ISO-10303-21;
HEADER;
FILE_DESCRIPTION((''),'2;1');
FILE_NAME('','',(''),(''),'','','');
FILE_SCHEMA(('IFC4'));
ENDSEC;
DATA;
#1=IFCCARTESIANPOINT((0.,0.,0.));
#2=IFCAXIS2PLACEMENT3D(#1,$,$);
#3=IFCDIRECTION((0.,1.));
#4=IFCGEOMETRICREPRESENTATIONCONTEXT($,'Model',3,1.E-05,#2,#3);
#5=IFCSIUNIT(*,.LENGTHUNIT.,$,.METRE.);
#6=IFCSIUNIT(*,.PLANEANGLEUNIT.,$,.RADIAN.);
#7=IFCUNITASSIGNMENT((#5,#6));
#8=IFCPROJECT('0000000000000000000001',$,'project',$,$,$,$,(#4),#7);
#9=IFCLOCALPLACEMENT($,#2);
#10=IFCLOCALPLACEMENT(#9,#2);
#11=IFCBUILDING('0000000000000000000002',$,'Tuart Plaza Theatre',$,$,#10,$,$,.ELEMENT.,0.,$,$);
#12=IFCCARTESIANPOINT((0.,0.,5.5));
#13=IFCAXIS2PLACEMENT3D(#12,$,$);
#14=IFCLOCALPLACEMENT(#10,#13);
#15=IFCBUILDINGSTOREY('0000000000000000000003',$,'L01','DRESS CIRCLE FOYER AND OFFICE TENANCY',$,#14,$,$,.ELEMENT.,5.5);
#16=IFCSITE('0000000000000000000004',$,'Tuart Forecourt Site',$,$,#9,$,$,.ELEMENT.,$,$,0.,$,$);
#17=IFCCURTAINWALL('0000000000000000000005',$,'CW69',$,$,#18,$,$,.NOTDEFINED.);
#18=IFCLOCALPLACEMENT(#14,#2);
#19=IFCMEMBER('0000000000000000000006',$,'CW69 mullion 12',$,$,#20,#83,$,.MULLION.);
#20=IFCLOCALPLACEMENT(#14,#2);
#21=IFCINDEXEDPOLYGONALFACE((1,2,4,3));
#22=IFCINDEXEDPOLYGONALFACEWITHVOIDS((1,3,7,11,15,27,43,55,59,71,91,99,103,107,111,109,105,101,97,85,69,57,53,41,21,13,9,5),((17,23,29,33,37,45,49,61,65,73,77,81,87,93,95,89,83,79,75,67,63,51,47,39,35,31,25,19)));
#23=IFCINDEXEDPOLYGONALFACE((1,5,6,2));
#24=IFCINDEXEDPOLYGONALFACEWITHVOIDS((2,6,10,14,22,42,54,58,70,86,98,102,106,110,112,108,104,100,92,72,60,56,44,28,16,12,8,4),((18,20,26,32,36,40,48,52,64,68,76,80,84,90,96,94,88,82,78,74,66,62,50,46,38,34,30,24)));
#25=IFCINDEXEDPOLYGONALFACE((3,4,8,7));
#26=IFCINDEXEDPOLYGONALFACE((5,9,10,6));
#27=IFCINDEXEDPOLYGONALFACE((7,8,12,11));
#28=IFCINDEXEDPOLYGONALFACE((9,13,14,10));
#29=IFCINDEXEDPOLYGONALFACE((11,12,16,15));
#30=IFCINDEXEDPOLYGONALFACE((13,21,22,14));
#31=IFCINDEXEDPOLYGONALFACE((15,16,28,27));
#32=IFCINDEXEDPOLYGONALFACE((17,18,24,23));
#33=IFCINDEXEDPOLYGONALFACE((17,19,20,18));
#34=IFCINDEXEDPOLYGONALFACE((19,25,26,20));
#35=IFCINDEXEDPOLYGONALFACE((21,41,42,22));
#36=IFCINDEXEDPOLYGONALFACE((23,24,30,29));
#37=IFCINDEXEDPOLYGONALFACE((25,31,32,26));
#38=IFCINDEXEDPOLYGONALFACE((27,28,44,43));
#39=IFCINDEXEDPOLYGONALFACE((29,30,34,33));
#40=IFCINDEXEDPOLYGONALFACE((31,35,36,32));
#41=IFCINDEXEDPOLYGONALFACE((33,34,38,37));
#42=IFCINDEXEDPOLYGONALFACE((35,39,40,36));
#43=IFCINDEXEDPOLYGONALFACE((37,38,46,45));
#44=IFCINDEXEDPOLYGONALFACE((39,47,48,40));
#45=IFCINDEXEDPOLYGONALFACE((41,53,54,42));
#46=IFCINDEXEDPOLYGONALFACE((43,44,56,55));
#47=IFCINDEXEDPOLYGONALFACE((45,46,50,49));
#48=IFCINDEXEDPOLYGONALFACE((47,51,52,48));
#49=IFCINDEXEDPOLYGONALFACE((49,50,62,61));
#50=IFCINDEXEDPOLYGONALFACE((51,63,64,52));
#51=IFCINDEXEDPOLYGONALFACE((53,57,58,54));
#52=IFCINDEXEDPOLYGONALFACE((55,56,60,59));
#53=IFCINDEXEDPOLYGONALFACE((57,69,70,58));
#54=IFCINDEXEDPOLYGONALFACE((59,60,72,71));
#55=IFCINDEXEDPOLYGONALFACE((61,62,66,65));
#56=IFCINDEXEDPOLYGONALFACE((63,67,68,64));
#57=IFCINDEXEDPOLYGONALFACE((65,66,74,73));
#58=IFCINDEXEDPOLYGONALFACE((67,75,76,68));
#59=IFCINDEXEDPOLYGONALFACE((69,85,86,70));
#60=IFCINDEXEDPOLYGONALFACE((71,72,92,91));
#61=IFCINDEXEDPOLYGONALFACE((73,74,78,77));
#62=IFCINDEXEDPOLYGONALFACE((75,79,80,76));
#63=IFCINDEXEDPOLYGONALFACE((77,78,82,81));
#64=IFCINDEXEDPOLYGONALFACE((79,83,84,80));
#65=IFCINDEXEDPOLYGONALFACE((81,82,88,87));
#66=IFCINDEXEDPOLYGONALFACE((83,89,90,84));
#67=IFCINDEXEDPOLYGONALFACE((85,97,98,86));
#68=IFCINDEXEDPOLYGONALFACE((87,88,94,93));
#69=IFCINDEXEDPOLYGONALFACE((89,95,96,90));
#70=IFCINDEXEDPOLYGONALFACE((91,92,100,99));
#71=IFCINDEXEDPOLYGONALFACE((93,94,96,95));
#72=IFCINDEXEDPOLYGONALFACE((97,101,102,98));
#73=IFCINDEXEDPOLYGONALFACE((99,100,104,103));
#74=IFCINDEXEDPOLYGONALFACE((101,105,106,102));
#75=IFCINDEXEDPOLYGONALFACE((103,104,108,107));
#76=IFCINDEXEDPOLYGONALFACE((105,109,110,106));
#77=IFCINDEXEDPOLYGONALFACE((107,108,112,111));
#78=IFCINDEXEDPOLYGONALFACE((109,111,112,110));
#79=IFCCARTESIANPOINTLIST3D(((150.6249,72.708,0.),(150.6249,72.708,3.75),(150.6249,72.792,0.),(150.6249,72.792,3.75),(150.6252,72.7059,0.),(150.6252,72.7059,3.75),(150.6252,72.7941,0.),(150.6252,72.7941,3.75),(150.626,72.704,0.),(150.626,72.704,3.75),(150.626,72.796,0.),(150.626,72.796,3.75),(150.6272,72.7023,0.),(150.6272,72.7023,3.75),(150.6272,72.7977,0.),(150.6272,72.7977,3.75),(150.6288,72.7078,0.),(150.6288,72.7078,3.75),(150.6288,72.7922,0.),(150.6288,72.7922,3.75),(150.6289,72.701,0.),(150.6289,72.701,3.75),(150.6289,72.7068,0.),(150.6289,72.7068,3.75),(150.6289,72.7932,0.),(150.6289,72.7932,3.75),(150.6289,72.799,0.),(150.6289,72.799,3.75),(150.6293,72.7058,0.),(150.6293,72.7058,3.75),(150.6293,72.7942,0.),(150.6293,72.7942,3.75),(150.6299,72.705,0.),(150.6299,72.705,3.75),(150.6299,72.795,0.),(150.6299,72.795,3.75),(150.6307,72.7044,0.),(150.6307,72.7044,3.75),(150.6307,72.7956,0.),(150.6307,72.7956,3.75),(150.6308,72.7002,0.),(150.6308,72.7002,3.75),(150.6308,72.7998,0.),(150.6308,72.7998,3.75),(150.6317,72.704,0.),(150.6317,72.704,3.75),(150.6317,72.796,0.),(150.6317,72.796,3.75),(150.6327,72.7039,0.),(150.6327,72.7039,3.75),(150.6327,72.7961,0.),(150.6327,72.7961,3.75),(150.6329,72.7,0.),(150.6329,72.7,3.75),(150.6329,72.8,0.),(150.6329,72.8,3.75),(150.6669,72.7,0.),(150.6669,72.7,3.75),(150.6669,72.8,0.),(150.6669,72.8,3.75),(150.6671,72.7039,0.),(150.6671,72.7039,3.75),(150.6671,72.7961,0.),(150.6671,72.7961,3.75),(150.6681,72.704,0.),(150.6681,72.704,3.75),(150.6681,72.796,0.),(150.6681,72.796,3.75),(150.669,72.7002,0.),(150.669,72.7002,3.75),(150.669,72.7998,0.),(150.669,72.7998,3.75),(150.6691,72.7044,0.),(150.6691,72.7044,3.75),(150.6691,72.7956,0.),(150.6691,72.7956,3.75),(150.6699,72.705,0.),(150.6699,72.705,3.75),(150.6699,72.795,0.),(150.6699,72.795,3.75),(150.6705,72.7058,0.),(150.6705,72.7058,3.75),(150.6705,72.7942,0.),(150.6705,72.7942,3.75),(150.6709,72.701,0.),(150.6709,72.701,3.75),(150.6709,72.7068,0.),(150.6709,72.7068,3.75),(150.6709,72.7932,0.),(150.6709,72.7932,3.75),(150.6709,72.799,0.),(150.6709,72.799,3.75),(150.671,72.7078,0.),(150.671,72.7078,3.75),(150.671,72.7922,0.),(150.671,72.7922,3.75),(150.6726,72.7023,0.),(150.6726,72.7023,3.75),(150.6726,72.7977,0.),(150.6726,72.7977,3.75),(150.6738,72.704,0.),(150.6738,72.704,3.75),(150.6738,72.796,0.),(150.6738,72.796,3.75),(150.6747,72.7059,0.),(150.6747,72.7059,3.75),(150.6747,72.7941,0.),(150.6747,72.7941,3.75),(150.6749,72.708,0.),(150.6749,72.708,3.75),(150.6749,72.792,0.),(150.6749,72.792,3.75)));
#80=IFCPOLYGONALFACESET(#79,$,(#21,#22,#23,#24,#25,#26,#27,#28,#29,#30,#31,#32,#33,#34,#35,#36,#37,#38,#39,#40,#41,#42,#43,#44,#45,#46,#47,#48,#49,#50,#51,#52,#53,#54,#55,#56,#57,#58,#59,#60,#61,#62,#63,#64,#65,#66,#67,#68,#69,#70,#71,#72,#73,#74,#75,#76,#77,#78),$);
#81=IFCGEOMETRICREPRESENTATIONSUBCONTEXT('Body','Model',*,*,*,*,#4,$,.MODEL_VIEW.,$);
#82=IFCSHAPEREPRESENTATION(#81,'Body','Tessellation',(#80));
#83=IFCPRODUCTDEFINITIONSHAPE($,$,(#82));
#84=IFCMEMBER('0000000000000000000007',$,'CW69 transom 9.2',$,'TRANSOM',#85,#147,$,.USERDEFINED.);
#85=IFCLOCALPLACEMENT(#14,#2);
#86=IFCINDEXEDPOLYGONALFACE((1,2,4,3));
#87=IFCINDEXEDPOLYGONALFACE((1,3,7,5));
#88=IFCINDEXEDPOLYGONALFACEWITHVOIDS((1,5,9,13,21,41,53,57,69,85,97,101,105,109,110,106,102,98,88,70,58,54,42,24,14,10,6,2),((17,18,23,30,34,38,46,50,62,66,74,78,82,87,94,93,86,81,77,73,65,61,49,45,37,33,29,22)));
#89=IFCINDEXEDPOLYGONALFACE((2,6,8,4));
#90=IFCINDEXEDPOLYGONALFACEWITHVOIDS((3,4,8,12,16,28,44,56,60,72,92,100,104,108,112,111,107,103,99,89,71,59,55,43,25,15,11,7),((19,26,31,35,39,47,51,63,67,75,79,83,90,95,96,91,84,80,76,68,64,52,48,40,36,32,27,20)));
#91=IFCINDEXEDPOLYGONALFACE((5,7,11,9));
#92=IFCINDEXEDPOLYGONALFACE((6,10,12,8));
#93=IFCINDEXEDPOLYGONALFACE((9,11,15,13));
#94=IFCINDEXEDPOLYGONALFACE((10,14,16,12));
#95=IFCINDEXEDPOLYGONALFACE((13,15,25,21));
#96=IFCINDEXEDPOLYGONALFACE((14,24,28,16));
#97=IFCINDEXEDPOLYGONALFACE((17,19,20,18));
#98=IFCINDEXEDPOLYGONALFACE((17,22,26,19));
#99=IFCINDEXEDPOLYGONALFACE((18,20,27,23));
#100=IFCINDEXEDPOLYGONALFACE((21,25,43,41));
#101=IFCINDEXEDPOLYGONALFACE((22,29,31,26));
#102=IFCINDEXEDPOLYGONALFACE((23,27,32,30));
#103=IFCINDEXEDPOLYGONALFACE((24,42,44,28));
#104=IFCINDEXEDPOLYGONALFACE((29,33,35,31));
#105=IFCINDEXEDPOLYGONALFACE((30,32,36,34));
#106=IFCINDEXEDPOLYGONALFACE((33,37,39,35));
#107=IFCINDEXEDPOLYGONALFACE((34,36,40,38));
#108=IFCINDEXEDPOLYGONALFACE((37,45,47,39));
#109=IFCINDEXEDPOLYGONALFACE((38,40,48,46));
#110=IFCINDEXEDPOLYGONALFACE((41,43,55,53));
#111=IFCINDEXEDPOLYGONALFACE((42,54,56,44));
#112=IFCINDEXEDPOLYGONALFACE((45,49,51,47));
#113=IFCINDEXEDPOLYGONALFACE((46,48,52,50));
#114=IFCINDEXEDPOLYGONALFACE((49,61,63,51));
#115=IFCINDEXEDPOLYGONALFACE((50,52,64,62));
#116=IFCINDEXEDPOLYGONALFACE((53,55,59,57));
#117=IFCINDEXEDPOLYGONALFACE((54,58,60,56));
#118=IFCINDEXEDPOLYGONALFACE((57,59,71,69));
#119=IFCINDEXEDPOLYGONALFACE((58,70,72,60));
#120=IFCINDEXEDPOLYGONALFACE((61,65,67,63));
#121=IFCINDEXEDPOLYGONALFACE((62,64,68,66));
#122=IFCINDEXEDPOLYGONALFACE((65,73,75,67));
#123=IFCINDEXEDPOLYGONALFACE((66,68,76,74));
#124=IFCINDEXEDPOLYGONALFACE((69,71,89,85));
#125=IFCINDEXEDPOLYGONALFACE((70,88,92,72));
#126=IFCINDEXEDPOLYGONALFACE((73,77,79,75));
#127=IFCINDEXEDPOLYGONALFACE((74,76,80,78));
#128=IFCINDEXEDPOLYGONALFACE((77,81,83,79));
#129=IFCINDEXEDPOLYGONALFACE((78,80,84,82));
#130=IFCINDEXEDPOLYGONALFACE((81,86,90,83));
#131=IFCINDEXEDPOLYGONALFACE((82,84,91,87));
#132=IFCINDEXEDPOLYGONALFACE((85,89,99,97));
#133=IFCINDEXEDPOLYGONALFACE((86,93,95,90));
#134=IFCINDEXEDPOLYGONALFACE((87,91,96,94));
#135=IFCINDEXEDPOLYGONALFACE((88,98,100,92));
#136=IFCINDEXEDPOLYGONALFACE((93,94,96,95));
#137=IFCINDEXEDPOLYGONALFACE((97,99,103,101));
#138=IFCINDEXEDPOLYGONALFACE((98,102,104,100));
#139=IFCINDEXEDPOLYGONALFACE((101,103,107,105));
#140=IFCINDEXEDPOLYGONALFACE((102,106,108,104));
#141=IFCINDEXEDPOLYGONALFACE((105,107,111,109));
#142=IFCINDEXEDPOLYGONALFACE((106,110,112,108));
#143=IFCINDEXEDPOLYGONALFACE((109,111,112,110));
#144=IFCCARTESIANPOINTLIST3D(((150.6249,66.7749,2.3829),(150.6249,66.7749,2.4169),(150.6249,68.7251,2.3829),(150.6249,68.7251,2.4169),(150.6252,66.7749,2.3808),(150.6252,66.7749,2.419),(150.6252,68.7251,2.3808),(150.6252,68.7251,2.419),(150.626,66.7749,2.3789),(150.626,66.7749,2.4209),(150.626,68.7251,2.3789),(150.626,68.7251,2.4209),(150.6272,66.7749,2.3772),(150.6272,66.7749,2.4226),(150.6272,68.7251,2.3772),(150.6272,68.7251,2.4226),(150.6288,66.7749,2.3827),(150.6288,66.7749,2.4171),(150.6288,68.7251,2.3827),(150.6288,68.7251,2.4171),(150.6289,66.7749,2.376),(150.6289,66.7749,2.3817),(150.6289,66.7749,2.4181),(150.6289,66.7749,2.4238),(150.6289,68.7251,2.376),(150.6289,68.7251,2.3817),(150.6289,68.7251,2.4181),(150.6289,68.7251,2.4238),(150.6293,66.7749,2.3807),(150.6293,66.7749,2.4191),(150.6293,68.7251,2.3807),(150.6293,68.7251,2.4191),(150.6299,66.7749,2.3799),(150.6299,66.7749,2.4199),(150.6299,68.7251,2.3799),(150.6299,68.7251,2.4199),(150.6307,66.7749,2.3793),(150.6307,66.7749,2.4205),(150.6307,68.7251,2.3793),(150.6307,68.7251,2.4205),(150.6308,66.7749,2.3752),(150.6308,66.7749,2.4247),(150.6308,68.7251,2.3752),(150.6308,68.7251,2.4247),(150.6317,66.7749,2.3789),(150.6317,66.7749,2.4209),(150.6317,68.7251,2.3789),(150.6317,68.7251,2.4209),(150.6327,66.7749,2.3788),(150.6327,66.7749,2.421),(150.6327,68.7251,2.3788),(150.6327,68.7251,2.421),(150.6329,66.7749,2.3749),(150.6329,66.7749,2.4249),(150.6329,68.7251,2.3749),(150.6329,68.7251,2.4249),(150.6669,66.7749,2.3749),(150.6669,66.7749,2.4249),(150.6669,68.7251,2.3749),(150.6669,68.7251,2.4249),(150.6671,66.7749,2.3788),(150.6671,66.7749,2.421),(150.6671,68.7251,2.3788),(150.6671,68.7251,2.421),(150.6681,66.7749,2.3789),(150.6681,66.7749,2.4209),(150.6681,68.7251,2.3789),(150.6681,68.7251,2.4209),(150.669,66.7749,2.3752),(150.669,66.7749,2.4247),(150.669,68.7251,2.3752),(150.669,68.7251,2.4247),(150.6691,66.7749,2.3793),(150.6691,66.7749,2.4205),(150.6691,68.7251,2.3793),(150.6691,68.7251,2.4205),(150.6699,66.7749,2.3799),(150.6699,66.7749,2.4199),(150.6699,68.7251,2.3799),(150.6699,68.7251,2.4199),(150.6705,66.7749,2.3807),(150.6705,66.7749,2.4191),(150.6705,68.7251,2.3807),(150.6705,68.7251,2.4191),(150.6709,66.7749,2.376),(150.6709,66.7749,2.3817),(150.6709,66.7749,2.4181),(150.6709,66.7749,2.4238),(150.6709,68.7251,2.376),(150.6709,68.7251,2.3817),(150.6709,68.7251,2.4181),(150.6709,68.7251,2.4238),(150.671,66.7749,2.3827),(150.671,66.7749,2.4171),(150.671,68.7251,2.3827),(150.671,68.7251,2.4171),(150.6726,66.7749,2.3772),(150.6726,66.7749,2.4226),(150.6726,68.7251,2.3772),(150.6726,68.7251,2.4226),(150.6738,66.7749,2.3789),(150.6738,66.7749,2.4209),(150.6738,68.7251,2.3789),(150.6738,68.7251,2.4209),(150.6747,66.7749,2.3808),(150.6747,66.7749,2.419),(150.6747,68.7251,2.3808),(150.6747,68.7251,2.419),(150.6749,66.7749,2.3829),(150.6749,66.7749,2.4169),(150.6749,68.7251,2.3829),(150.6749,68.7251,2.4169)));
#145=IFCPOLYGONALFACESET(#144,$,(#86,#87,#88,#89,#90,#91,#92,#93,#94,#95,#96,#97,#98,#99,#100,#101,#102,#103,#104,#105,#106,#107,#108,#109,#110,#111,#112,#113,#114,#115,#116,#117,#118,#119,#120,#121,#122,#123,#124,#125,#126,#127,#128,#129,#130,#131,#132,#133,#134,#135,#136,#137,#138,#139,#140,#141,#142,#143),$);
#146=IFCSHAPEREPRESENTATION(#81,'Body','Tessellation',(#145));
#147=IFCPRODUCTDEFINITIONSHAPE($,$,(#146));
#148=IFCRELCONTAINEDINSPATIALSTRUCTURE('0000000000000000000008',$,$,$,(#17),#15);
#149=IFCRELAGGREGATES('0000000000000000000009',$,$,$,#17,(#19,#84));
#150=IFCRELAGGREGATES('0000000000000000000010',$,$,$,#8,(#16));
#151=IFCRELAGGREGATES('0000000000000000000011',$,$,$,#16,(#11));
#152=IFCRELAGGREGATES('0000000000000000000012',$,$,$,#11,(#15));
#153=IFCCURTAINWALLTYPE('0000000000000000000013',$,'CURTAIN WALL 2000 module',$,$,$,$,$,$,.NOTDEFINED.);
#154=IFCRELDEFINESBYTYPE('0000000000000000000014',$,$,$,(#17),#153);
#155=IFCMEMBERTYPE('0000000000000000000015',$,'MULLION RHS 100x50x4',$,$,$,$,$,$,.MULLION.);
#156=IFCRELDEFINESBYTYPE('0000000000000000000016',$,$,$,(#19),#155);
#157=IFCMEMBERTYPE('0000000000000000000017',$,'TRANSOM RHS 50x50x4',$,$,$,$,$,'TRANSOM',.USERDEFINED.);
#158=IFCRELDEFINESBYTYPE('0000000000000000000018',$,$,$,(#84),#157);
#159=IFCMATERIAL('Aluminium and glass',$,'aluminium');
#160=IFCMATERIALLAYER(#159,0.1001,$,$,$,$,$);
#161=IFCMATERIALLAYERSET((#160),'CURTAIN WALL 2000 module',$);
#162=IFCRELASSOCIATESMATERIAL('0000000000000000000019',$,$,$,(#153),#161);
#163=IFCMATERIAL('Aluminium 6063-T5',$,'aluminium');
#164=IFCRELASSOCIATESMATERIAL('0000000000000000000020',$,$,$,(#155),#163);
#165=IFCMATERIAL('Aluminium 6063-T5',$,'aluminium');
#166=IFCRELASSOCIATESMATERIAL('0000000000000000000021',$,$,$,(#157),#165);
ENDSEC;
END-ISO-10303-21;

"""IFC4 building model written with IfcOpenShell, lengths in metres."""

from ifc_helpers import new_model, si_unit, direction, frame, origin, origin_2d, place, context, subcontext, project, spatial, hollow_rectangle, extrude, material, layer, layer_set, material_profile, profile_set, type_object, element, aggregate, save


model = new_model("IFC4")

# Units and contexts
model_context = context("Model", 3, precision=1e-05, world=origin(), true_north=direction((0.0, 1.0)))
body_context = subcontext(model_context, "Body", "Model", "MODEL_VIEW")
ifc_project = project(units=[si_unit("LENGTHUNIT", "METRE"), si_unit("PLANEANGLEUNIT", "RADIAN")], contexts=[model_context])

# Site, building, storey
site_placement = place(None, origin())
site = spatial("IfcSite", under=ifc_project, at=site_placement, Name="Tuart Forecourt Site", CompositionType="ELEMENT", RefElevation=0.0)
building_placement = place(site_placement, origin())
building = spatial("IfcBuilding", under=site, at=building_placement, Name="Tuart Plaza Theatre", CompositionType="ELEMENT", ElevationOfRefHeight=0.0)
storey_placement = place(building_placement, frame((0.0, 0.0, 5.5)))
storey = spatial("IfcBuildingStorey", under=building, at=storey_placement, Name="L01", Description="DRESS CIRCLE FOYER AND OFFICE TENANCY", CompositionType="ELEMENT", Elevation=5.5)

# Curtain wall, members
ifc_material_1 = material(Name="Aluminium and glass", Category="aluminium")
ifc_layer_1 = layer(ifc_material_1, 0.1001)
ifc_layer_set_1 = layer_set([ifc_layer_1], Name="CURTAIN WALL 2000 module")
curtain_wall_type = type_object("IfcCurtainWallType", Name="CURTAIN WALL 2000 module", PredefinedType="NOTDEFINED", material=ifc_layer_set_1)
curtain_wall_placement = place(storey_placement, origin())
curtain_wall = element("IfcCurtainWall", 1, at=curtain_wall_placement, inside=storey, type_object=curtain_wall_type, Name="CW69", PredefinedType="NOTDEFINED")
ifc_material_2 = material(Name="Aluminium 6063-T5", Category="aluminium")
ifc_material_profile_1 = material_profile(ifc_material_2, hollow_rectangle(XDim=0.05, YDim=0.1001, WallThickness=0.0039, InnerFilletRadius=0.0039, OuterFilletRadius=0.0081, at=origin_2d()), Name="RHS 100x50x4")
ifc_profile_set_1 = profile_set([ifc_material_profile_1], Name="Aluminium 6063-T5")
member_type_1 = type_object("IfcMemberType", Name="MULLION RHS 100x50x4", PredefinedType="MULLION", material=ifc_profile_set_1)
member_1_placement = place(storey_placement, frame((150.6499, 72.75, 0.0), z_axis=(0.0, 0.0, 1.0), x_axis=(-1.0, 0.0, 0.0)))
member_1 = element("IfcMember", 2, at=member_1_placement, type_object=member_type_1, Name="CW69 mullion 12", PredefinedType="MULLION", context=body_context, shape_type="SweptSolid", body=[
    extrude(hollow_rectangle(XDim=0.05, YDim=0.1001, WallThickness=0.0039, InnerFilletRadius=0.0039, OuterFilletRadius=0.0081, at=origin_2d()), origin(), (0.0, 0.0, 1.0), 3.75),
])
ifc_material_3 = material(Name="Aluminium 6063-T5", Category="aluminium")
ifc_material_profile_2 = material_profile(ifc_material_3, hollow_rectangle(XDim=0.05, YDim=0.05, WallThickness=0.0039, InnerFilletRadius=0.0039, OuterFilletRadius=0.0081, at=origin_2d()), Name="RHS 50x50x4")
ifc_profile_set_2 = profile_set([ifc_material_profile_2], Name="Aluminium 6063-T5")
member_type_2 = type_object("IfcMemberType", Name="TRANSOM RHS 50x50x4", ElementType="TRANSOM", PredefinedType="USERDEFINED", material=ifc_profile_set_2)
member_2_placement = place(storey_placement, frame((150.6499, 66.7749, 2.3999), z_axis=(0.0, 1.0, 0.0), x_axis=(-1.0, 0.0, 0.0)))
member_2 = element("IfcMember", 3, at=member_2_placement, type_object=member_type_2, Name="CW69 transom 9.2", ObjectType="TRANSOM", PredefinedType="USERDEFINED", context=body_context, shape_type="SweptSolid", body=[
    extrude(hollow_rectangle(XDim=0.05, YDim=0.05, WallThickness=0.0039, InnerFilletRadius=0.0039, OuterFilletRadius=0.0081, at=origin_2d()), origin(), (0.0, 0.0, 1.0), 1.9502),
])
aggregate(curtain_wall, [member_1, member_2])

save(model, "model.ifc")
